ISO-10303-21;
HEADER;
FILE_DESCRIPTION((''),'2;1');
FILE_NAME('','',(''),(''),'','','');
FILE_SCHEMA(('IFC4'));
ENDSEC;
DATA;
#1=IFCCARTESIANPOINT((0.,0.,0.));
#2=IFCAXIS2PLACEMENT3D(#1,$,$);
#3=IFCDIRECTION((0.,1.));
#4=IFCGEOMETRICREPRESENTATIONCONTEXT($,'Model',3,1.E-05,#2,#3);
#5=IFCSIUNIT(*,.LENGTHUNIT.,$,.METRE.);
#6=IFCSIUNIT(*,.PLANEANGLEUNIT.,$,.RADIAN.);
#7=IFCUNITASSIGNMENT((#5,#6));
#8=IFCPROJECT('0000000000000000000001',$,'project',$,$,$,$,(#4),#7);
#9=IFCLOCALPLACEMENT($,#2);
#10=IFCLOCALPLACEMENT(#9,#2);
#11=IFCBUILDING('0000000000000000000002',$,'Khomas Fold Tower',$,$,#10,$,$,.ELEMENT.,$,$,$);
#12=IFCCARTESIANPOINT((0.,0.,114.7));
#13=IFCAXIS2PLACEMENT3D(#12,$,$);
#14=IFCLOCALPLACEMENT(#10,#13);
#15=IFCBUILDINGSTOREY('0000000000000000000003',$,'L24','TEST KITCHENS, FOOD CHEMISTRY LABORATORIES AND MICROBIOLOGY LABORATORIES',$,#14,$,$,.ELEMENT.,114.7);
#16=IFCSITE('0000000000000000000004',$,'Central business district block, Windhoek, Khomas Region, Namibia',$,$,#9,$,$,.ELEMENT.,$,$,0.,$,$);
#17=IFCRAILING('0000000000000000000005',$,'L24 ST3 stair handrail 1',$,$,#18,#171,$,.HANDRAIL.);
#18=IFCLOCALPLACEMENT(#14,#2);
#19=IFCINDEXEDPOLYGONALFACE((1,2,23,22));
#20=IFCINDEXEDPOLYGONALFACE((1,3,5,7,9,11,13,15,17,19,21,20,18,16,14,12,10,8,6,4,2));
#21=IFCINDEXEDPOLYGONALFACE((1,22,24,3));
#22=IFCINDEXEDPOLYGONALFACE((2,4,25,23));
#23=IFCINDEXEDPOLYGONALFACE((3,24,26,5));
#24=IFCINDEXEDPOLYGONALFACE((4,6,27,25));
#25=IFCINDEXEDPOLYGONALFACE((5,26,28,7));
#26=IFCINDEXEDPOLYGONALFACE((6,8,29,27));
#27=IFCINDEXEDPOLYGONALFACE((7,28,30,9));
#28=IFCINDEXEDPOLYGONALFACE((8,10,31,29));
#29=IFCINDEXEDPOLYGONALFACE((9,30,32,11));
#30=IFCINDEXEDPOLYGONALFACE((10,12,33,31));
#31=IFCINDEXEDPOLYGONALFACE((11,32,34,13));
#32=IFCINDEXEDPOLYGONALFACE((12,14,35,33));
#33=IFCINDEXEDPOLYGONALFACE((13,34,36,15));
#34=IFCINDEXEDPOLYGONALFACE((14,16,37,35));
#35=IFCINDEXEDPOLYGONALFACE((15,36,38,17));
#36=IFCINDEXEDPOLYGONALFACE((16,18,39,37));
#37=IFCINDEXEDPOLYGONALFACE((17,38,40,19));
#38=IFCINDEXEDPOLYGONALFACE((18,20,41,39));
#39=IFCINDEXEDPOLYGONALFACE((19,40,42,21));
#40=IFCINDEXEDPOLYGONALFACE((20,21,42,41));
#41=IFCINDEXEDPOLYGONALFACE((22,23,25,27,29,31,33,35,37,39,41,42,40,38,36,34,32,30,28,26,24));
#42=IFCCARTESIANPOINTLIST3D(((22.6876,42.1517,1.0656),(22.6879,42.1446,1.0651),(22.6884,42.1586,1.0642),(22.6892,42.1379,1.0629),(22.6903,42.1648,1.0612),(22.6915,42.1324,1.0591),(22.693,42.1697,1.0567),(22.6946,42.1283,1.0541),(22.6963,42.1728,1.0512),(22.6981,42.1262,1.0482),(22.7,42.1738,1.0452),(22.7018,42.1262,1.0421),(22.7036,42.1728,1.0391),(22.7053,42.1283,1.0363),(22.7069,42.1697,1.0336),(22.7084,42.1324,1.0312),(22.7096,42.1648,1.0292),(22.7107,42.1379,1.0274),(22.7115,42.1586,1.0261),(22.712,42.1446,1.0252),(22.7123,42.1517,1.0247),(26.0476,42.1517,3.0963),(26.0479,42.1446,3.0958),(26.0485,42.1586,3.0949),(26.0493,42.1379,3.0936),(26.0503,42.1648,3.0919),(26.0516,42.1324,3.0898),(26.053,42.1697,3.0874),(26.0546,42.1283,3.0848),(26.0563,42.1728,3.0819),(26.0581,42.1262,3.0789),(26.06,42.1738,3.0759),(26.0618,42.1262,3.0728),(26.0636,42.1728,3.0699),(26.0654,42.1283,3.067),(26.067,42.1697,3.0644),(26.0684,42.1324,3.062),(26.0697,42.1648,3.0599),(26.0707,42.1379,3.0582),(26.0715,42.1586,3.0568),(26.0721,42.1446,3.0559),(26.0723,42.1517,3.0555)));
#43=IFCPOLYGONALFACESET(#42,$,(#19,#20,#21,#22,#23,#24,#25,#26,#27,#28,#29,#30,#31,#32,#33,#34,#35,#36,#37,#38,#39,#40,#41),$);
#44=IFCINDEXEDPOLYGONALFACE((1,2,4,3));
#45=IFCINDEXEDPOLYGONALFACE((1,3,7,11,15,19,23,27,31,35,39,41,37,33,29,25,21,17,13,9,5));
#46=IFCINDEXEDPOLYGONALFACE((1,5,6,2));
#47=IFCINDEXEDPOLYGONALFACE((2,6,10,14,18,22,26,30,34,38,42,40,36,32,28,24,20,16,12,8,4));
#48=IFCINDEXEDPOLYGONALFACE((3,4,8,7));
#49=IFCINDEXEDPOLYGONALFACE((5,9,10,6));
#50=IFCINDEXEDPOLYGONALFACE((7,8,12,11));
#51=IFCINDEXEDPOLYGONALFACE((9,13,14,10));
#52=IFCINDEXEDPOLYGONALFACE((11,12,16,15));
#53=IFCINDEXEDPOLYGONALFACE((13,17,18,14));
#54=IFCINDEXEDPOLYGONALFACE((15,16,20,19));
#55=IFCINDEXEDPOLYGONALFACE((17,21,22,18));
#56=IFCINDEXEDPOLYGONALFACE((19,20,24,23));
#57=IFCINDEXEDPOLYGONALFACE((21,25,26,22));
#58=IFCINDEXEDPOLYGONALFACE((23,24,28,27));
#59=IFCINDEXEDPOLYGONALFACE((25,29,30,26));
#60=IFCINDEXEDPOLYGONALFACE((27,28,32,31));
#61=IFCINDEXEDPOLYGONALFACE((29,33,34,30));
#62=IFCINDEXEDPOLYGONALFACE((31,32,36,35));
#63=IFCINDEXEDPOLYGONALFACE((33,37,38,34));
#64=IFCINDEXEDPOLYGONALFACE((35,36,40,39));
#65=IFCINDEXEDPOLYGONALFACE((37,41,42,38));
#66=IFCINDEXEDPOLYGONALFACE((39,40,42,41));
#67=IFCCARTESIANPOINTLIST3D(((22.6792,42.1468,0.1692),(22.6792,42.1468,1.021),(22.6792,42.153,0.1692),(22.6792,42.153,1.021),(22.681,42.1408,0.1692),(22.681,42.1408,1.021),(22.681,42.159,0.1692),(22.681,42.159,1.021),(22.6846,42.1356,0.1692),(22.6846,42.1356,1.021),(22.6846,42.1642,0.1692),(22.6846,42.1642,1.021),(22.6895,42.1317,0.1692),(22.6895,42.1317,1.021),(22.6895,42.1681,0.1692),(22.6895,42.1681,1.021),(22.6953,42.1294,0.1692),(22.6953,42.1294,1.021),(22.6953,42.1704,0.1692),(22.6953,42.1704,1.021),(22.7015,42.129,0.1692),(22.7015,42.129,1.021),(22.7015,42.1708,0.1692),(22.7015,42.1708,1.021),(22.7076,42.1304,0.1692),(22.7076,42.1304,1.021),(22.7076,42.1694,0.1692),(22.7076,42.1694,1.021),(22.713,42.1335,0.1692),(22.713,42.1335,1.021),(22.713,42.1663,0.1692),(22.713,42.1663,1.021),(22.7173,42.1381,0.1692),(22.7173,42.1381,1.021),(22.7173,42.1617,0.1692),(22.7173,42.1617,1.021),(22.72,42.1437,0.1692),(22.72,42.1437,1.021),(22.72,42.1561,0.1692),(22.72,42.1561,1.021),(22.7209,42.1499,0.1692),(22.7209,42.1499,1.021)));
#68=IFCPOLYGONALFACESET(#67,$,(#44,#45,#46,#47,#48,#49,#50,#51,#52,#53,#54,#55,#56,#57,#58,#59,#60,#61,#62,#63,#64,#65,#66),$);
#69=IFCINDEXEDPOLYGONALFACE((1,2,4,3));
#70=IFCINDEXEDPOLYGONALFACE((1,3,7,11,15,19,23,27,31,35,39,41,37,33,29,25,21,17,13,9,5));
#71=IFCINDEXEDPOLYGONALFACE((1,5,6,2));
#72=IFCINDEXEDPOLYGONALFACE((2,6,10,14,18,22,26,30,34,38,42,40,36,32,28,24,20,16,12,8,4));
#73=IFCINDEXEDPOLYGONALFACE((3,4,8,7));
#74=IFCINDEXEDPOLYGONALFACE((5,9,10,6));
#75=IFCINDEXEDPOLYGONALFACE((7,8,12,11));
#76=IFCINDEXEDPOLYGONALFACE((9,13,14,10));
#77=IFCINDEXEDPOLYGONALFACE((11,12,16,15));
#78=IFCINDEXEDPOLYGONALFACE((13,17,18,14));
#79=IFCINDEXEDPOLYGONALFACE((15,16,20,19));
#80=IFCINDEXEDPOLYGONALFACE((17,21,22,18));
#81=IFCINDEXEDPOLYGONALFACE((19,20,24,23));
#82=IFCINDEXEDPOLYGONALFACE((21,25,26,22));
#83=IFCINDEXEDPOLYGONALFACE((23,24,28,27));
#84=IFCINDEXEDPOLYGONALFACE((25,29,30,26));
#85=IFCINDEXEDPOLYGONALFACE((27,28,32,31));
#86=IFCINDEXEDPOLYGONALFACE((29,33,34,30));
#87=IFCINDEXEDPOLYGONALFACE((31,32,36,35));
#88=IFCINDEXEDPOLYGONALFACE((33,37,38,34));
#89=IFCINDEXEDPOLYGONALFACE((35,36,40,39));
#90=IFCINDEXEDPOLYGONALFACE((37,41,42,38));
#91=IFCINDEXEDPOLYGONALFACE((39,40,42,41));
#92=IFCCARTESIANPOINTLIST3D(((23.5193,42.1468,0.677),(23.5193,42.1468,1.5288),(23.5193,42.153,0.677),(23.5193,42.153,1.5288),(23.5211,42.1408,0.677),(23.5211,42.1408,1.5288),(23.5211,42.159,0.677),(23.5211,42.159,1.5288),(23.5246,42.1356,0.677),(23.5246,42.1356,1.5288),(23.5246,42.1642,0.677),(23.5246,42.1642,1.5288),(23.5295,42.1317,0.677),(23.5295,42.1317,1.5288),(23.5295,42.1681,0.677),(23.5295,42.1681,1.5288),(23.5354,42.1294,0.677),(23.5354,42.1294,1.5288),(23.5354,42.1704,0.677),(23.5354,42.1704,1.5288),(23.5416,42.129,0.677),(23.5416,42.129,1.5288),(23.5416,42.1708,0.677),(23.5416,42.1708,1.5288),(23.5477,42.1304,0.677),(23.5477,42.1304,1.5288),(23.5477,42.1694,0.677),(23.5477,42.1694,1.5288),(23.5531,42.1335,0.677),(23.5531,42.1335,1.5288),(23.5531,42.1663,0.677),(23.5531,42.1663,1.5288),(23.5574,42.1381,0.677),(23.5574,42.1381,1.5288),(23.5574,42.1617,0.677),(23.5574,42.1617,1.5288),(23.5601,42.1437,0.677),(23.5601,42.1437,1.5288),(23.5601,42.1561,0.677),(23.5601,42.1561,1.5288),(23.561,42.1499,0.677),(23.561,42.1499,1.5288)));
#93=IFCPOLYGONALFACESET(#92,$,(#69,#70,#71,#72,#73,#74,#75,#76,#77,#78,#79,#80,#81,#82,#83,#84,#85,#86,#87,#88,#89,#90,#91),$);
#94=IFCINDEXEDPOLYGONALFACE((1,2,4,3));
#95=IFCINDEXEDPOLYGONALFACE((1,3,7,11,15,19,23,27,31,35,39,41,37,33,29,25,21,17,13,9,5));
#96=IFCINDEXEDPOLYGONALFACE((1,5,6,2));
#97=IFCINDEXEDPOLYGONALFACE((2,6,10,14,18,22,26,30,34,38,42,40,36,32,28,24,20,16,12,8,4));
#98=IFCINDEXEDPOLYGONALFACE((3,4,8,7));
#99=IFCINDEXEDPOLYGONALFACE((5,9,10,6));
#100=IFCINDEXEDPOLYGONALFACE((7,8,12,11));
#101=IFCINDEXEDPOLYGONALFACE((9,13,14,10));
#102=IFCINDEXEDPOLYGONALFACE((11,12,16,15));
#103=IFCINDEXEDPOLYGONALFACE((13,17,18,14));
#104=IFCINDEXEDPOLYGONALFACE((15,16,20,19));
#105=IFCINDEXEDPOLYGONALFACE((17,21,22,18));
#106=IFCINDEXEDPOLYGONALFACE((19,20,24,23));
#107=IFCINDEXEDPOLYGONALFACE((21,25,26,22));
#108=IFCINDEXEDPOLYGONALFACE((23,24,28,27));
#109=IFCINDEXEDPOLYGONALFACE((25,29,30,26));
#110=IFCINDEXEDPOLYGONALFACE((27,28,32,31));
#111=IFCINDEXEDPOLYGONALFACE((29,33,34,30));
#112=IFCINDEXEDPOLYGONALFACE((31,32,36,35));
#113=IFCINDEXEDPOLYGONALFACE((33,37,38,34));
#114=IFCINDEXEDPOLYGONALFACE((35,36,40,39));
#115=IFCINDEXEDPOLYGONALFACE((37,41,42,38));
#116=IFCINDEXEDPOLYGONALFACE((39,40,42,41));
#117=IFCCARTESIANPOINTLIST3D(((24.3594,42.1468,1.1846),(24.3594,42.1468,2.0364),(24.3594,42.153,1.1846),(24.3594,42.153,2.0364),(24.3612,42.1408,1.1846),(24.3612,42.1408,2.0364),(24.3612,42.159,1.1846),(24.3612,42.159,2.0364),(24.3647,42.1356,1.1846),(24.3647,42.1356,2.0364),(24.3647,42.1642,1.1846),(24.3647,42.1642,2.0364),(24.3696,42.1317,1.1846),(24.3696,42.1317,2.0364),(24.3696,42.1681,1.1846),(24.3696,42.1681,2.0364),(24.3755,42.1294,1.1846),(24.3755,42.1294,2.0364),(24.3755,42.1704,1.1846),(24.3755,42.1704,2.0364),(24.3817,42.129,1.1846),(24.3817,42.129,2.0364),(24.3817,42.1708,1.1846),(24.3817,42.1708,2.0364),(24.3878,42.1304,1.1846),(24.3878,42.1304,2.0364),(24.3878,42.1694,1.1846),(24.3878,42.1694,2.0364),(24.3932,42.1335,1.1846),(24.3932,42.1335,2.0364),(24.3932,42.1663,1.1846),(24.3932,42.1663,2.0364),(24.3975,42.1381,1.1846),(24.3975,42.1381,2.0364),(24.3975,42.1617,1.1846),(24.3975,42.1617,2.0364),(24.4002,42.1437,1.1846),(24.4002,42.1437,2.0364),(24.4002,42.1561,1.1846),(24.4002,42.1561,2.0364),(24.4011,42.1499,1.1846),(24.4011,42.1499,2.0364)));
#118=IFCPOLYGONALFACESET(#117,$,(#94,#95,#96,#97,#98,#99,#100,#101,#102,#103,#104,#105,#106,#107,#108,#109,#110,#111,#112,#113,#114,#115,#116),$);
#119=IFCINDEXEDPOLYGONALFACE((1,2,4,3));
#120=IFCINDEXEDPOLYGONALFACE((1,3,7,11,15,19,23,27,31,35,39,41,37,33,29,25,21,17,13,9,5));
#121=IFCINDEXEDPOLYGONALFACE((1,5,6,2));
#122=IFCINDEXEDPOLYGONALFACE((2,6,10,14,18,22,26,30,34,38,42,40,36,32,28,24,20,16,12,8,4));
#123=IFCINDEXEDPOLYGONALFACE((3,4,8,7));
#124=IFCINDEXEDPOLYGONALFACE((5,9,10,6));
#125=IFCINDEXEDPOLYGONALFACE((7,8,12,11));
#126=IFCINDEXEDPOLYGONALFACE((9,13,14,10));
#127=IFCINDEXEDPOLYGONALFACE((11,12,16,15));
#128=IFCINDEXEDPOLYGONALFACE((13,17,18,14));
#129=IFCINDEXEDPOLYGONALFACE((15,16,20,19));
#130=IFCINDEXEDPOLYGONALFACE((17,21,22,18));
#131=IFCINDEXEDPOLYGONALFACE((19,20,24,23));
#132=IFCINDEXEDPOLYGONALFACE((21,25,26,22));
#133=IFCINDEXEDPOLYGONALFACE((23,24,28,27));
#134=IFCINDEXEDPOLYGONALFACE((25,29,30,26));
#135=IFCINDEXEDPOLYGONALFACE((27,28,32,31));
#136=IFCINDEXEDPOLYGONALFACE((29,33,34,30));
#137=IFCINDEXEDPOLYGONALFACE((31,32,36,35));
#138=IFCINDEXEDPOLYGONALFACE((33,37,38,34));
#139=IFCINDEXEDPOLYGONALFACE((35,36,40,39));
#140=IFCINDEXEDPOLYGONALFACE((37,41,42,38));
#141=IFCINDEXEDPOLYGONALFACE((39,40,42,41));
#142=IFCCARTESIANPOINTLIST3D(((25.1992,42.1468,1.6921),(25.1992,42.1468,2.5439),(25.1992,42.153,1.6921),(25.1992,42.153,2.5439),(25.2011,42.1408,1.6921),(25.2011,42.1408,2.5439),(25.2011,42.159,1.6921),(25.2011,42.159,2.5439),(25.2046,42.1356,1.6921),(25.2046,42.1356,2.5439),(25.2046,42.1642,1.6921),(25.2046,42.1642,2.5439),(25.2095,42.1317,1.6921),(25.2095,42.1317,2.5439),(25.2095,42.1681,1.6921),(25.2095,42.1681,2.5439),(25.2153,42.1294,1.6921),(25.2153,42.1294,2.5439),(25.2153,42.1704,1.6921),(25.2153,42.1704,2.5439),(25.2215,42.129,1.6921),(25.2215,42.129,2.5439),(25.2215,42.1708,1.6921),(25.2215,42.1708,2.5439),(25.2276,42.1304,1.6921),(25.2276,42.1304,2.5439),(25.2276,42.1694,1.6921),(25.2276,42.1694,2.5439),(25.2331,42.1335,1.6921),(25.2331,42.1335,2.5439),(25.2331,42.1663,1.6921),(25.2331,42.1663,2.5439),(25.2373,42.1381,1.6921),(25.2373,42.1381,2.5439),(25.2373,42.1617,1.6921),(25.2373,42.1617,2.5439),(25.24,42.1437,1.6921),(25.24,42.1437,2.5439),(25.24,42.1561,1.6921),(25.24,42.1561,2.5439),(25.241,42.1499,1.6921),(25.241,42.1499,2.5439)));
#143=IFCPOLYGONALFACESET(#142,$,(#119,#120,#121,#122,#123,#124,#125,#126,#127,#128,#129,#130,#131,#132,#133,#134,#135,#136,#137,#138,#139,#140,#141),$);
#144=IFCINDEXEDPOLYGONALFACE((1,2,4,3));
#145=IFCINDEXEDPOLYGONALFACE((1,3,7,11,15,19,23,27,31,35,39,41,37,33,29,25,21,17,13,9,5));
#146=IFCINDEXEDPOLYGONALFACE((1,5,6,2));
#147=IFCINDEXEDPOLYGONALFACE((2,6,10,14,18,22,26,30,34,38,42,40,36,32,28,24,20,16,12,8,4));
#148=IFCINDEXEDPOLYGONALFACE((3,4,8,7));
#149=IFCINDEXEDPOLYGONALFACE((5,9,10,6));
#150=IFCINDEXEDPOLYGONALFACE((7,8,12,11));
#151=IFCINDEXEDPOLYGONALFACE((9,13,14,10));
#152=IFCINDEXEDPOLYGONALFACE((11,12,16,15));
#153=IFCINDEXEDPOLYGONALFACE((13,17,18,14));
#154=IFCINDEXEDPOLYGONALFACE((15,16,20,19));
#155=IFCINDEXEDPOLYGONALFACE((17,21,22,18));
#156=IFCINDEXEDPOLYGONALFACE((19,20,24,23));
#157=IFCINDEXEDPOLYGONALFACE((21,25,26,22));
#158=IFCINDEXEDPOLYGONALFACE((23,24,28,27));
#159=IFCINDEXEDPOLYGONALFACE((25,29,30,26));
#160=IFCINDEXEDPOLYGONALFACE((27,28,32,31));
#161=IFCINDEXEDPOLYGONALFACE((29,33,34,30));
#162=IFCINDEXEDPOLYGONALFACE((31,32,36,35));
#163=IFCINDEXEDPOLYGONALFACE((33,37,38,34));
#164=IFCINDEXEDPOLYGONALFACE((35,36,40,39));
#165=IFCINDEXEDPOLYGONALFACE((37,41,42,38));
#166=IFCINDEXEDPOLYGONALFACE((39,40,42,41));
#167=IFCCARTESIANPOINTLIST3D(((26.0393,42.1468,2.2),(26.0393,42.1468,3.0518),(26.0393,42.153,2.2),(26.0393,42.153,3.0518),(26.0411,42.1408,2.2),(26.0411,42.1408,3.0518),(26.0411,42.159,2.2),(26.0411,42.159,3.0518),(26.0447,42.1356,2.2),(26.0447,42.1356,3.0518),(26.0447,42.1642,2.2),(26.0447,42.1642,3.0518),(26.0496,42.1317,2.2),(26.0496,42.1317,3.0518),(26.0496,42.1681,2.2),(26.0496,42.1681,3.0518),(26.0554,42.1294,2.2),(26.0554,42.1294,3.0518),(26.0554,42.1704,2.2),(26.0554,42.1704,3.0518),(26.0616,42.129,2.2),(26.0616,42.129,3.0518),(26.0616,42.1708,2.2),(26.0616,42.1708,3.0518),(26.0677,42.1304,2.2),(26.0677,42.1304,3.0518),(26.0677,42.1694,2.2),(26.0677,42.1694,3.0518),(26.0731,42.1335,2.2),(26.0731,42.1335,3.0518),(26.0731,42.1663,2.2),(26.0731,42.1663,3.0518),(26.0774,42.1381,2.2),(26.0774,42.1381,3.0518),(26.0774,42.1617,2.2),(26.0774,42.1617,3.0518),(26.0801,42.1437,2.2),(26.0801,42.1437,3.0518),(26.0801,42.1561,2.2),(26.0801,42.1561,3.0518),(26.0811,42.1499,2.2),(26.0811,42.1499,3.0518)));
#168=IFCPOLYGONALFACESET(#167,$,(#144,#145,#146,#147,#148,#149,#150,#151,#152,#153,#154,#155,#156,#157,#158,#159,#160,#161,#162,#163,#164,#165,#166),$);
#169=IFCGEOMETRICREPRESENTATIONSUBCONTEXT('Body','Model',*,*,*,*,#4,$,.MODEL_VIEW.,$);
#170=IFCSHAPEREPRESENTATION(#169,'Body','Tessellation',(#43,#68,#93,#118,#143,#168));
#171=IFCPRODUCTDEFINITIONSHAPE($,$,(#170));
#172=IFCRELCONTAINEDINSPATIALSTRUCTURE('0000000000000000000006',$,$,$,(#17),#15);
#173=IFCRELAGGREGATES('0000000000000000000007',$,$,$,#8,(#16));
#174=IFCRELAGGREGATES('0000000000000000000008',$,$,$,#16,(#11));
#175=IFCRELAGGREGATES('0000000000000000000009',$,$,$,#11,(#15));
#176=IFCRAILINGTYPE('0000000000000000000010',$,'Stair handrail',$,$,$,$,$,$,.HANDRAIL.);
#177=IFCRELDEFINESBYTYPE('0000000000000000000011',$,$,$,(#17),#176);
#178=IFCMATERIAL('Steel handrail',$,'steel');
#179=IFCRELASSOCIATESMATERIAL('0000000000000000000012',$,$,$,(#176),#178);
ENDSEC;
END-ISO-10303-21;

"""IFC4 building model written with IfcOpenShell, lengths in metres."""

from ifc_helpers import new_model, si_unit, direction, frame, origin, origin_2d, place, context, subcontext, project, spatial, circle, extrude, source, transform, mapped, material, type_object, element, save


model = new_model("IFC4")

# Units and contexts
model_context = context("Model", 3, precision=1e-05, world=origin(), true_north=direction((0.0, 1.0)))
body_context = subcontext(model_context, "Body", "Model", "MODEL_VIEW")
ifc_project = project(units=[si_unit("LENGTHUNIT", "METRE"), si_unit("PLANEANGLEUNIT", "RADIAN")], contexts=[model_context])

# Site, building, storey
site_placement = place(None, origin())
site = spatial("IfcSite", under=ifc_project, at=site_placement, Name="Central business district block, Windhoek, Khomas Region, Namibia", CompositionType="ELEMENT", RefElevation=0.0)
building_placement = place(site_placement, origin())
building = spatial("IfcBuilding", under=site, at=building_placement, Name="Khomas Fold Tower", CompositionType="ELEMENT")
storey_placement = place(building_placement, frame((0.0, 0.0, 114.7)))
storey = spatial("IfcBuildingStorey", under=building, at=storey_placement, Name="L24", Description="TEST KITCHENS, FOOD CHEMISTRY LABORATORIES AND MICROBIOLOGY LABORATORIES", CompositionType="ELEMENT", Elevation=114.7)

# Railing
ifc_material_1 = material(Name="Steel handrail", Category="steel")
railing_type_1 = type_object("IfcRailingType", Name="Stair handrail", PredefinedType="HANDRAIL", material=ifc_material_1)
shared_shape_1 = source(origin(), body_context, "Body", "SweptSolid", [
    extrude(circle(Radius=0.0239, at=origin_2d()), frame((0.0, 0.0, 0.876), z_axis=(0.855837, 0.0, 0.517246), x_axis=(0.0, 1.0, 0.0)), (0.0, 0.0, 1.0), 3.926),
    extrude(circle(Radius=0.021, at=origin_2d()), origin(), (0.0, 0.0, 1.0), 0.8518),
    extrude(circle(Radius=0.021, at=origin_2d()), frame((0.8401, 0.0, 0.5078)), (0.0, 0.0, 1.0), 0.8518),
    extrude(circle(Radius=0.021, at=origin_2d()), frame((1.6802, 0.0, 1.0154)), (0.0, 0.0, 1.0), 0.8518),
    extrude(circle(Radius=0.021, at=origin_2d()), frame((2.52, 0.0, 1.5229)), (0.0, 0.0, 1.0), 0.8518),
    extrude(circle(Radius=0.021, at=origin_2d()), frame((3.3601, 0.0, 2.0308)), (0.0, 0.0, 1.0), 0.8518),
])
railing_1_placement = place(storey_placement, frame((22.7, 42.1499, 0.1692)))
element("IfcRailing", 1, at=railing_1_placement, inside=storey, type_object=railing_type_1, Name="L24 ST3 stair handrail 1", PredefinedType="HANDRAIL", context=body_context, shape_type="MappedRepresentation", body=[
    mapped(shared_shape_1, transform((0.0, 0.0, 0.0))),
])

save(model, "model.ifc")
